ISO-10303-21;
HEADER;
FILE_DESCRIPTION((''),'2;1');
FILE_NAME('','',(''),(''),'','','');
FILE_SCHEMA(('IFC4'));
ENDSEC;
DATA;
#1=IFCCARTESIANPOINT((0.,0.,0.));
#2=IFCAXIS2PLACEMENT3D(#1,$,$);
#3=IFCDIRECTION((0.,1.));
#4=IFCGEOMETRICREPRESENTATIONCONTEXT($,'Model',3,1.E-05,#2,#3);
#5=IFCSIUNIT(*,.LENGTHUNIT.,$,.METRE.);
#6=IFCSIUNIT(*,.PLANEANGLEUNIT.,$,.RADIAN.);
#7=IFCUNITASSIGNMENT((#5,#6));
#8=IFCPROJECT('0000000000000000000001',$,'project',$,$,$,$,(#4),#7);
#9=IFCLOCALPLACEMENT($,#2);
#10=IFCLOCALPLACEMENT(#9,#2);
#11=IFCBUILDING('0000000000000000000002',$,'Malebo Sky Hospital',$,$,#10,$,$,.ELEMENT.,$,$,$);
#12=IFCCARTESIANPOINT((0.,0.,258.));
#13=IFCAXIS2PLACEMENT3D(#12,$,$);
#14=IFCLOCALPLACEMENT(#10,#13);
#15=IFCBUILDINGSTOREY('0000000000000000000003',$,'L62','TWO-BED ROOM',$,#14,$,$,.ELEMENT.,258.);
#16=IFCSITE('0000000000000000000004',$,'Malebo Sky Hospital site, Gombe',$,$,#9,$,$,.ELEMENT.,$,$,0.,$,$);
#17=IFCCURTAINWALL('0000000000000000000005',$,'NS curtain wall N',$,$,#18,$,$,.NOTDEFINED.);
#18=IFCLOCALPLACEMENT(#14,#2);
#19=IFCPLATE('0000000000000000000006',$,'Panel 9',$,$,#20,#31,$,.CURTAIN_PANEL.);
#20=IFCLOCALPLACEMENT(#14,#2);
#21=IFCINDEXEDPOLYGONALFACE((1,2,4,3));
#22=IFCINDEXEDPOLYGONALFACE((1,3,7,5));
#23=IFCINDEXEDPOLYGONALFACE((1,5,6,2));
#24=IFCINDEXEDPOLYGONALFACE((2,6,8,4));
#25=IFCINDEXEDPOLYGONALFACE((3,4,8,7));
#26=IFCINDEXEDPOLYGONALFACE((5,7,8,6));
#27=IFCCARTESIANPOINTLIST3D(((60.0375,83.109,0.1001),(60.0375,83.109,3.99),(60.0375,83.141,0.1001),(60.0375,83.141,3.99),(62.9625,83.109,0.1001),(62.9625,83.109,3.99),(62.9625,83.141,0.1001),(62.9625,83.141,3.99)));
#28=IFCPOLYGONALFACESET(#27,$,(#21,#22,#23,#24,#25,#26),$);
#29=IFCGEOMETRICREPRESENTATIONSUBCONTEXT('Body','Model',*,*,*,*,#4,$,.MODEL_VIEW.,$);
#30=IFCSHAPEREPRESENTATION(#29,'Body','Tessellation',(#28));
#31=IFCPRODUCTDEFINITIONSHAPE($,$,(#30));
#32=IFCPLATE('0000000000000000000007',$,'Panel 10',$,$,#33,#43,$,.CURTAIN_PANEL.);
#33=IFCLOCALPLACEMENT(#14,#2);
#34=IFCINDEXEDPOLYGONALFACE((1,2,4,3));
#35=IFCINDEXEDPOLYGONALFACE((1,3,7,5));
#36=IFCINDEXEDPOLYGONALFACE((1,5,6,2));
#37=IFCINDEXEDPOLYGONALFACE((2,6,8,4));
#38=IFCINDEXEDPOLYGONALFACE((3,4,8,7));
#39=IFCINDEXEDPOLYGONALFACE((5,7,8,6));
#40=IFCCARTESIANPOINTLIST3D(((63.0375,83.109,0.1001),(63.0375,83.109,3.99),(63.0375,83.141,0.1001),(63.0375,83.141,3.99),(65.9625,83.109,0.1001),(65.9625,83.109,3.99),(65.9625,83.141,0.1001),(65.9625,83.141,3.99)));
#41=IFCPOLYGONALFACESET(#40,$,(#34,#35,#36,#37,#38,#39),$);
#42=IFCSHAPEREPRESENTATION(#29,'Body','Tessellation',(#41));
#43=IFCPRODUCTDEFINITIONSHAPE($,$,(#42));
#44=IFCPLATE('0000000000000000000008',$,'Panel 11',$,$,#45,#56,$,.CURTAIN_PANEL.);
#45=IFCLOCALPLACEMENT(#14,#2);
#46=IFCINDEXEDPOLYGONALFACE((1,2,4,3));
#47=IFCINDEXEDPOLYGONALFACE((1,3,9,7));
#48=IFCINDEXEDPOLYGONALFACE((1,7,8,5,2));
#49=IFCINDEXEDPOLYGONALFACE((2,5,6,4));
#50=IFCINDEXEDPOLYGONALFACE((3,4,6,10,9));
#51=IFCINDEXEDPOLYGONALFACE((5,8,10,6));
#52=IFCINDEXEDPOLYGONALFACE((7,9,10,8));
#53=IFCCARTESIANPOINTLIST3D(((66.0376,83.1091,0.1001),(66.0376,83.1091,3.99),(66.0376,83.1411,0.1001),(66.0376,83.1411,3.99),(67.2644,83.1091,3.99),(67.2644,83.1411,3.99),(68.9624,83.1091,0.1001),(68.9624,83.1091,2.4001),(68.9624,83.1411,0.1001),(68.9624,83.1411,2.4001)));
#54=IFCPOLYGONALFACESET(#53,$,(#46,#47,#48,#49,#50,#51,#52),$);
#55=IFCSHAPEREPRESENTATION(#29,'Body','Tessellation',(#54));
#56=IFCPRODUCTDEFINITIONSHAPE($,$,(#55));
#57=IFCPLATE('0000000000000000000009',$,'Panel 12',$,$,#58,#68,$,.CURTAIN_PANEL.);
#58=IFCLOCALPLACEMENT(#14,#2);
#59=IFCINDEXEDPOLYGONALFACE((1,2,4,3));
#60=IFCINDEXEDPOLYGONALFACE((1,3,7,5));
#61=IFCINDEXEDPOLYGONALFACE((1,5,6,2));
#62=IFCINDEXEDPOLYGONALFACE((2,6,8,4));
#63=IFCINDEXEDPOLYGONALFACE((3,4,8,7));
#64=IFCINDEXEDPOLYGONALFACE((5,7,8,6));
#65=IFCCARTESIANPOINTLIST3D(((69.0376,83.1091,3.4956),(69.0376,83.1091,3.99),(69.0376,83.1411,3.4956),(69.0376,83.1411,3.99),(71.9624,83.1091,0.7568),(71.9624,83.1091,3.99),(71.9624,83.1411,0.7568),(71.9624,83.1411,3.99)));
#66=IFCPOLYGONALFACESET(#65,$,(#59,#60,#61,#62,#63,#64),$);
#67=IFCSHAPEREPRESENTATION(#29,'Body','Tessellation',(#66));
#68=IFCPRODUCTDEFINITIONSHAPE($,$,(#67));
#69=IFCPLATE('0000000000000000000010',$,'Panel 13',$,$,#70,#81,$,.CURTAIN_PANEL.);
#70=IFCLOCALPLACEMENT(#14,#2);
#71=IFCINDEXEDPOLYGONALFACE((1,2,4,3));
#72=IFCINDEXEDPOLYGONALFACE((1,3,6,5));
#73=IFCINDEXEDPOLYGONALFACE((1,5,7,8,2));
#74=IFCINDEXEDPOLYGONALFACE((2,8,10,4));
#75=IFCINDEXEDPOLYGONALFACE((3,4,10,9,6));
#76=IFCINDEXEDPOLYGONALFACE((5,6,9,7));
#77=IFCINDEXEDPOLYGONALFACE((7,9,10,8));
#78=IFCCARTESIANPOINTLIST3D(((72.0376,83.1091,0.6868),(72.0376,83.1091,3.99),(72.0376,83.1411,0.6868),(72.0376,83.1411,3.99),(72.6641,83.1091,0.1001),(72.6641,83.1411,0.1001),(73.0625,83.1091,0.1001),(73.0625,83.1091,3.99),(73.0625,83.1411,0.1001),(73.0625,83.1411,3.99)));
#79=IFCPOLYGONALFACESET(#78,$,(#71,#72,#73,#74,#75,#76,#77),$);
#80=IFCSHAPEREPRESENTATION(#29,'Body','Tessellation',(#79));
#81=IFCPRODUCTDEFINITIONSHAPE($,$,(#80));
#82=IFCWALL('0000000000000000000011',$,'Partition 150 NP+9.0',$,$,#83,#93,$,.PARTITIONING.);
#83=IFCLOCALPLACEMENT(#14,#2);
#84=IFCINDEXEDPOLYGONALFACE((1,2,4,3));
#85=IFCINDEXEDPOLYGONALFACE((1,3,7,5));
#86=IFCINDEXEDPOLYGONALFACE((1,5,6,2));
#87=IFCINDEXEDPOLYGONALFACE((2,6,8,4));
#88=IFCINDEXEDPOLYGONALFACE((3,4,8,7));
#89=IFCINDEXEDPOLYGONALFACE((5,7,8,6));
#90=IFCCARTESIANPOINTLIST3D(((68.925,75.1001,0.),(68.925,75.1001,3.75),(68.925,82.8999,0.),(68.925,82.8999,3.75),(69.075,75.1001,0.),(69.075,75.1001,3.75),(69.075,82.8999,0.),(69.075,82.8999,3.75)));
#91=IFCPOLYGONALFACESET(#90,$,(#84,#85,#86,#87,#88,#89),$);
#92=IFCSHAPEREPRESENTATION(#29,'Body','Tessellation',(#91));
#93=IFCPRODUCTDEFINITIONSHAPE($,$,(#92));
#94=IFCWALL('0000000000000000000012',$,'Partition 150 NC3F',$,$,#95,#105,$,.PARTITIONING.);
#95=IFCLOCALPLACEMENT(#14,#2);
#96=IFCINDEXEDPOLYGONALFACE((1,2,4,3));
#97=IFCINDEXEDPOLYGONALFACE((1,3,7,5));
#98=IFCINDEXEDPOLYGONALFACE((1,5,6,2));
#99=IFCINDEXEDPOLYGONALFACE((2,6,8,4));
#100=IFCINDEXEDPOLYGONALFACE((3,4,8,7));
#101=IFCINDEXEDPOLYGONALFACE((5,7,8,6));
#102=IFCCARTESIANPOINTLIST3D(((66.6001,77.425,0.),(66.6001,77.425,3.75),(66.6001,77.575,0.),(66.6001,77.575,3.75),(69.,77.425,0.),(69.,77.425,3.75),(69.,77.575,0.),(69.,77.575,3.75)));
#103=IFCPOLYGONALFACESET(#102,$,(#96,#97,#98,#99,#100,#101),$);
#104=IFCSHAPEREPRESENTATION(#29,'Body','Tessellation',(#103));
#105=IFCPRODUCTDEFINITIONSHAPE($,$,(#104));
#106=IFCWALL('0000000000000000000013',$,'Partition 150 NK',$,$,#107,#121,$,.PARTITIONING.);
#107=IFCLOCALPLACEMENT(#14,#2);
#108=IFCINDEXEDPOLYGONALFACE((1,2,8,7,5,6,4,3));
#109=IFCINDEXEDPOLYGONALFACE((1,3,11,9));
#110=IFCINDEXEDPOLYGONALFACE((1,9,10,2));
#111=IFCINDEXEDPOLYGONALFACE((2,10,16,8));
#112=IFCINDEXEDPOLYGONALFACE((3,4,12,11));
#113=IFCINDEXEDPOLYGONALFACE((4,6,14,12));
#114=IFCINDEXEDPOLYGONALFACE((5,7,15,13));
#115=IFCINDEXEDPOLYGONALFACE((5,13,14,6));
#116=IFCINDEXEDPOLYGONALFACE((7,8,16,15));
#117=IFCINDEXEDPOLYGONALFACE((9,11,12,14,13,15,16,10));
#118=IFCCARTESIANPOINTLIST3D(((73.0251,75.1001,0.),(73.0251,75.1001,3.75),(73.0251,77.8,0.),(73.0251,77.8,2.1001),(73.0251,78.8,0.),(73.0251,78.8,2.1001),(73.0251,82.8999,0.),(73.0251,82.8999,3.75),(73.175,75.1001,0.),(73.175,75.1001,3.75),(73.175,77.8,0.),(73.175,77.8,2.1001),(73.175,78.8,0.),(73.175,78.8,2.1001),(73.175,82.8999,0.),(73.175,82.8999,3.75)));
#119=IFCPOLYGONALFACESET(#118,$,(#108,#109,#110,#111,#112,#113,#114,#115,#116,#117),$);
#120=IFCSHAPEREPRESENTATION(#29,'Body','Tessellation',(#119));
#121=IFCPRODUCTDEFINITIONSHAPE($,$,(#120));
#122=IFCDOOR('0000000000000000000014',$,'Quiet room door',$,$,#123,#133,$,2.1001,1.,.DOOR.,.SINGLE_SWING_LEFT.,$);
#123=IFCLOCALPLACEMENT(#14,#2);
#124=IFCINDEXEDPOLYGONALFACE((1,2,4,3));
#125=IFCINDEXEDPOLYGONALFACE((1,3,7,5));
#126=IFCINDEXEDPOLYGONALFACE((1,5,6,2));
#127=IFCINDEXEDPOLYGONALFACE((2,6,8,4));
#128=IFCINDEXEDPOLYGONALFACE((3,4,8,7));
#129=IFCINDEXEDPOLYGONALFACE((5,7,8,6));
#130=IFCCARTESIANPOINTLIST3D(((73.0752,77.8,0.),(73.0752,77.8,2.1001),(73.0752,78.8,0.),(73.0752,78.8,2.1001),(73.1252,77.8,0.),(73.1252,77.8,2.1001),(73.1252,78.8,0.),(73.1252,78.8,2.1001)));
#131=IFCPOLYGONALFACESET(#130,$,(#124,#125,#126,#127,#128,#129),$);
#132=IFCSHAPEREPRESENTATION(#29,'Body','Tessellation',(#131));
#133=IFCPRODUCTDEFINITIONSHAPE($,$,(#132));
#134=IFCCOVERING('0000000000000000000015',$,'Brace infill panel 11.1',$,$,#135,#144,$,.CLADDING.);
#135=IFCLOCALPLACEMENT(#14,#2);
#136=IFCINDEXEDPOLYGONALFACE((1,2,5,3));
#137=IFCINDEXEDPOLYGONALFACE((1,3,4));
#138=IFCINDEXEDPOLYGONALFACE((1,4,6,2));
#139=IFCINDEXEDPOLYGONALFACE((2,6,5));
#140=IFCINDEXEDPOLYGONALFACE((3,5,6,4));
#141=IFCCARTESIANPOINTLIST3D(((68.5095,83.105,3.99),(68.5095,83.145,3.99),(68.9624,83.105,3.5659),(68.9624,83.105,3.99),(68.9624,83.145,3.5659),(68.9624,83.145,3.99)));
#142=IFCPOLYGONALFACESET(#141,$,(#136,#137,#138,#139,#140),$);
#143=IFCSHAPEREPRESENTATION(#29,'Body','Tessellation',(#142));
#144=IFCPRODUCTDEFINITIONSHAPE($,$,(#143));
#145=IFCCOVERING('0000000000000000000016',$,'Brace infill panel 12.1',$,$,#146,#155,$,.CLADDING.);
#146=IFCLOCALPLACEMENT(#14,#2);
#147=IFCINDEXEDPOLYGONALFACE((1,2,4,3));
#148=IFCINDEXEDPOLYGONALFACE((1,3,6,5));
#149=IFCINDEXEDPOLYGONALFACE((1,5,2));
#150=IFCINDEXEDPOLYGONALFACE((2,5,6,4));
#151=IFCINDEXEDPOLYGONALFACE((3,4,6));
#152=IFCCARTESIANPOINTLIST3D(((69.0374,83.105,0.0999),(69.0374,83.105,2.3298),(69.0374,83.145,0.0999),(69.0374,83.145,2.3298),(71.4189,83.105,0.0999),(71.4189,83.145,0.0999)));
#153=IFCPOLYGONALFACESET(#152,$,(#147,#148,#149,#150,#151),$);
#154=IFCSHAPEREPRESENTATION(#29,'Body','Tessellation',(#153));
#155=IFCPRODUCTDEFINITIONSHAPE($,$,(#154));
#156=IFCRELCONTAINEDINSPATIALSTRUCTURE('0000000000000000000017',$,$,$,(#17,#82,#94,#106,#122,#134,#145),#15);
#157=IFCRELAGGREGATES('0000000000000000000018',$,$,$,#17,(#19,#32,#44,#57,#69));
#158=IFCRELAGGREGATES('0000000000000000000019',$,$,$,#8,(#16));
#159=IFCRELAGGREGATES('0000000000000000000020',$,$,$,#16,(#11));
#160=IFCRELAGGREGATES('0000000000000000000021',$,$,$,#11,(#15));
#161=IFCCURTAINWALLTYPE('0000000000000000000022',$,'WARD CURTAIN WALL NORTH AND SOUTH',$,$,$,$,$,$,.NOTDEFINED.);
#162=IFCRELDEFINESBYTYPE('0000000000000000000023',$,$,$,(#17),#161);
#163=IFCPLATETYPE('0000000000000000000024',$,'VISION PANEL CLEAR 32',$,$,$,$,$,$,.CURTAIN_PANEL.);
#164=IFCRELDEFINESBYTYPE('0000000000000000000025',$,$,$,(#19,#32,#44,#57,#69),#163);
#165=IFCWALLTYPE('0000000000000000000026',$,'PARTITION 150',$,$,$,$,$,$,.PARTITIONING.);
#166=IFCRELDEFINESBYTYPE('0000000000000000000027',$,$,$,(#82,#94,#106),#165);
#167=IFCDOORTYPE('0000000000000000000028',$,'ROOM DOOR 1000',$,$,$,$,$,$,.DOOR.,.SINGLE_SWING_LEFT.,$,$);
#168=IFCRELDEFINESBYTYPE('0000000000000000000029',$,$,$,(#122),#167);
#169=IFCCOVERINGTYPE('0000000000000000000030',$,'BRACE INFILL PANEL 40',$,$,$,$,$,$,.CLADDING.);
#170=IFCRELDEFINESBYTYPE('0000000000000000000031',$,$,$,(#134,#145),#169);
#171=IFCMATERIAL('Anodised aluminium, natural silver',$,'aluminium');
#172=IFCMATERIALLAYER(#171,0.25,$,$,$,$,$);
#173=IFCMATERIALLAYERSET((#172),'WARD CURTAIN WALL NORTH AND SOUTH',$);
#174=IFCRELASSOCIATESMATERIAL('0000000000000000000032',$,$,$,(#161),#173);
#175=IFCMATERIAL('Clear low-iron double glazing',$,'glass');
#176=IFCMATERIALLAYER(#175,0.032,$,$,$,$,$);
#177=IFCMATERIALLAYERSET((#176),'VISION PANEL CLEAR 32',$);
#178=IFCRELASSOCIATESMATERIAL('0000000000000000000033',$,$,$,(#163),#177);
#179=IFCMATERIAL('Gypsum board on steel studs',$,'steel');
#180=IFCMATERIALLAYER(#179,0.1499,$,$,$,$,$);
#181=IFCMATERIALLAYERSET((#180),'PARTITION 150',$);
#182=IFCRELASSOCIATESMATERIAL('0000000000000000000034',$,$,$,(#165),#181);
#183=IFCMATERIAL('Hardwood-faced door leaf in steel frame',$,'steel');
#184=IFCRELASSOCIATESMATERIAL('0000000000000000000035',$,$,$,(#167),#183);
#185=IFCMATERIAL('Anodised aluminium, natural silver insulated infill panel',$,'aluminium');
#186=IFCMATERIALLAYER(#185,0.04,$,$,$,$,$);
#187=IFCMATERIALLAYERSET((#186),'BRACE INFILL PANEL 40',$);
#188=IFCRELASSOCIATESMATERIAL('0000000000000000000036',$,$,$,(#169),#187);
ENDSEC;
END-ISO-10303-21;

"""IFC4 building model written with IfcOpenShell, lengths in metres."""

from ifc_helpers import new_model, si_unit, direction, frame, frame_2d, origin, origin_2d, place, context, subcontext, project, spatial, polyline, rectangle, outline, extrude, material, layer, layer_set, type_object, element, fill, aggregate, save


model = new_model("IFC4")

# Units and contexts
model_context = context("Model", 3, precision=1e-05, world=origin(), true_north=direction((0.0, 1.0)))
body_context = subcontext(model_context, "Body", "Model", "MODEL_VIEW")
ifc_project = project(units=[si_unit("LENGTHUNIT", "METRE"), si_unit("PLANEANGLEUNIT", "RADIAN")], contexts=[model_context])

# Site, building, storey
site_placement = place(None, origin())
site = spatial("IfcSite", under=ifc_project, at=site_placement, Name="Malebo Sky Hospital site, Gombe", CompositionType="ELEMENT", RefElevation=0.0)
building_placement = place(site_placement, origin())
building = spatial("IfcBuilding", under=site, at=building_placement, Name="Malebo Sky Hospital", CompositionType="ELEMENT")
storey_placement = place(building_placement, frame((0.0, 0.0, 258.0)))
storey = spatial("IfcBuildingStorey", under=building, at=storey_placement, Name="L62", Description="TWO-BED ROOM", CompositionType="ELEMENT", Elevation=258.0)

# Curtain wall
ifc_material_1 = material(Name="Anodised aluminium, natural silver", Category="aluminium")
ifc_layer_1 = layer(ifc_material_1, 0.25)
ifc_layer_set_1 = layer_set([ifc_layer_1], Name="WARD CURTAIN WALL NORTH AND SOUTH")
curtain_wall_type = type_object("IfcCurtainWallType", Name="WARD CURTAIN WALL NORTH AND SOUTH", PredefinedType="NOTDEFINED", material=ifc_layer_set_1)
curtain_wall_placement = place(storey_placement, origin())
curtain_wall = element("IfcCurtainWall", 1, at=curtain_wall_placement, inside=storey, type_object=curtain_wall_type, Name="NS curtain wall N", PredefinedType="NOTDEFINED")

# Plates
ifc_material_2 = material(Name="Clear low-iron double glazing", Category="glass")
ifc_layer_2 = layer(ifc_material_2, 0.032)
ifc_layer_set_2 = layer_set([ifc_layer_2], Name="VISION PANEL CLEAR 32")
plate_type = type_object("IfcPlateType", Name="VISION PANEL CLEAR 32", PredefinedType="CURTAIN_PANEL", material=ifc_layer_set_2)
plate_1_placement = place(storey_placement, frame((61.5, 83.125, 0.1001), z_axis=(0.0, 0.0, 1.0), x_axis=(1.0, 0.0, 0.0)))
plate_1 = element("IfcPlate", 2, at=plate_1_placement, type_object=plate_type, Name="Panel 9", PredefinedType="CURTAIN_PANEL", context=body_context, shape_type="SweptSolid", body=[
    extrude(rectangle(XDim=2.925, YDim=0.032, at=origin_2d()), origin(), (0.0, 0.0, 1.0), 3.8899),
])
plate_2_placement = place(storey_placement, frame((64.5, 83.125, 0.1001), z_axis=(0.0, 0.0, 1.0), x_axis=(1.0, 0.0, 0.0)))
plate_2 = element("IfcPlate", 3, at=plate_2_placement, type_object=plate_type, Name="Panel 10", PredefinedType="CURTAIN_PANEL", context=body_context, shape_type="SweptSolid", body=[
    extrude(rectangle(XDim=2.925, YDim=0.032, at=origin_2d()), origin(), (0.0, 0.0, 1.0), 3.8899),
])
plate_3_placement = place(storey_placement, frame((67.5, 83.125, 0.1001), z_axis=(0.0, 0.0, 1.0), x_axis=(1.0, 0.0, 0.0)))
plate_3 = element("IfcPlate", 4, at=plate_3_placement, type_object=plate_type, Name="Panel 11", PredefinedType="CURTAIN_PANEL", context=body_context, shape_type="SweptSolid", body=[
    extrude(outline(polyline([(-1.4624, 0.0), (1.4624, 0.0), (1.4624, 2.3), (-0.2356, 3.8899), (-1.4624, 3.8899), (-1.4624, 0.0)])), frame((0.0, 0.0161, 0.0), z_axis=(0.0, -1.0, 0.0), x_axis=(1.0, 0.0, 0.0)), (0.0, 0.0, 1.0), 0.032),
])
plate_4_placement = place(storey_placement, frame((70.5, 83.125, 0.7568), z_axis=(0.0, 0.0, 1.0), x_axis=(1.0, 0.0, 0.0)))
plate_4 = element("IfcPlate", 5, at=plate_4_placement, type_object=plate_type, Name="Panel 12", PredefinedType="CURTAIN_PANEL", context=body_context, shape_type="SweptSolid", body=[
    extrude(outline(polyline([(1.4624, 0.0), (1.4624, 3.2332), (-1.4624, 3.2332), (-1.4624, 2.7388), (1.4624, 0.0)])), frame((0.0, 0.0161, 0.0), z_axis=(0.0, -1.0, 0.0), x_axis=(1.0, 0.0, 0.0)), (0.0, 0.0, 1.0), 0.032),
])
plate_5_placement = place(storey_placement, frame((72.55, 83.125, 0.1001), z_axis=(0.0, 0.0, 1.0), x_axis=(1.0, 0.0, 0.0)))
plate_5 = element("IfcPlate", 6, at=plate_5_placement, type_object=plate_type, Name="Panel 13", PredefinedType="CURTAIN_PANEL", context=body_context, shape_type="SweptSolid", body=[
    extrude(outline(polyline([(0.114, 0.0), (0.5125, 0.0), (0.5125, 3.8899), (-0.5125, 3.8899), (-0.5125, 0.5867), (0.114, 0.0)])), frame((0.0, 0.0161, 0.0), z_axis=(0.0, -1.0, 0.0), x_axis=(1.0, 0.0, 0.0)), (0.0, 0.0, 1.0), 0.032),
])
aggregate(curtain_wall, [plate_1, plate_2, plate_3, plate_4, plate_5])

# Walls
ifc_material_3 = material(Name="Gypsum board on steel studs", Category="steel")
ifc_layer_3 = layer(ifc_material_3, 0.1499)
ifc_layer_set_3 = layer_set([ifc_layer_3], Name="PARTITION 150")
wall_type = type_object("IfcWallType", Name="PARTITION 150", PredefinedType="PARTITIONING", material=ifc_layer_set_3)
wall_1_placement = place(storey_placement, frame((69.0, 75.1001, 0.0), z_axis=(0.0, 0.0, 1.0), x_axis=(0.0, 1.0, 0.0)))
element("IfcWall", 7, at=wall_1_placement, inside=storey, type_object=wall_type, Name="Partition 150 NP+9.0", PredefinedType="PARTITIONING", context=body_context, shape_type="SweptSolid", body=[
    extrude(rectangle(XDim=7.7998, YDim=0.1499, at=frame_2d((3.8999, 0.0))), origin(), (0.0, 0.0, 1.0), 3.75),
])
wall_2_placement = place(storey_placement, frame((66.6001, 77.5, 0.0), z_axis=(0.0, 0.0, 1.0), x_axis=(1.0, 0.0, 0.0)))
element("IfcWall", 8, at=wall_2_placement, inside=storey, type_object=wall_type, Name="Partition 150 NC3F", PredefinedType="PARTITIONING", context=body_context, shape_type="SweptSolid", body=[
    extrude(rectangle(XDim=2.3999, YDim=0.1499, at=frame_2d((1.2, 0.0))), origin(), (0.0, 0.0, 1.0), 3.75),
])

# Wall, opening, door
wall_3_placement = place(storey_placement, frame((73.1001, 75.1001, 0.0), z_axis=(0.0, 0.0, 1.0), x_axis=(0.0, 1.0, 0.0)))
wall_3 = element("IfcWall", 9, at=wall_3_placement, inside=storey, type_object=wall_type, Name="Partition 150 NK", PredefinedType="PARTITIONING", context=body_context, shape_type="SweptSolid", body=[
    extrude(rectangle(XDim=7.7998, YDim=0.1499, at=frame_2d((3.8999, 0.0))), origin(), (0.0, 0.0, 1.0), 3.75),
])
opening_placement = place(wall_3_placement, frame((2.7, 0.0, 0.0)))
opening = element("IfcOpeningElement", 10, at=opening_placement, cuts=wall_3, PredefinedType="OPENING", context=body_context, shape_type="SweptSolid", body=[
    extrude(rectangle(XDim=1.0, YDim=2.1001, at=frame_2d((0.5, 1.05))), frame((0.0, 0.085, 0.0), z_axis=(0.0, -1.0, 0.0), x_axis=(1.0, 0.0, 0.0)), (0.0, 0.0, 1.0), 0.1699),
])
ifc_material_4 = material(Name="Hardwood-faced door leaf in steel frame", Category="steel")
door_type = type_object("IfcDoorType", Name="ROOM DOOR 1000", OperationType="SINGLE_SWING_LEFT", PredefinedType="DOOR", material=ifc_material_4)
door_placement = place(opening_placement, origin())
door = element("IfcDoor", 11, at=door_placement, inside=storey, type_object=door_type, Name="Quiet room door", OperationType="SINGLE_SWING_LEFT", OverallHeight=2.1001, OverallWidth=1.0, PredefinedType="DOOR", context=body_context, shape_type="SweptSolid", body=[
    extrude(rectangle(XDim=1.0, YDim=2.1001, at=frame_2d((0.5, 1.05))), frame((0.0, 0.0249, 0.0), z_axis=(0.0, -1.0, 0.0), x_axis=(1.0, 0.0, 0.0)), (0.0, 0.0, 1.0), 0.05),
])
fill(opening, door)

# Coverings
ifc_material_5 = material(Name="Anodised aluminium, natural silver insulated infill panel", Category="aluminium")
ifc_layer_4 = layer(ifc_material_5, 0.04)
ifc_layer_set_4 = layer_set([ifc_layer_4], Name="BRACE INFILL PANEL 40")
covering_type = type_object("IfcCoveringType", Name="BRACE INFILL PANEL 40", PredefinedType="CLADDING", material=ifc_layer_set_4)
covering_1_placement = place(storey_placement, frame((68.7361, 83.125, 3.5659), z_axis=(0.0, 0.0, 1.0), x_axis=(1.0, 0.0, 0.0)))
element("IfcCovering", 12, at=covering_1_placement, inside=storey, type_object=covering_type, Name="Brace infill panel 11.1", PredefinedType="CLADDING", context=body_context, shape_type="SweptSolid", body=[
    extrude(outline(polyline([(0.2263, 0.0), (0.2263, 0.4241), (-0.2266, 0.4241), (0.2263, 0.0)])), frame((0.0, 0.02, 0.0), z_axis=(0.0, -1.0, 0.0), x_axis=(1.0, 0.0, 0.0)), (0.0, 0.0, 1.0), 0.04),
])
covering_2_placement = place(storey_placement, frame((70.2283, 83.125, 0.0999), z_axis=(0.0, 0.0, 1.0), x_axis=(1.0, 0.0, 0.0)))
element("IfcCovering", 13, at=covering_2_placement, inside=storey, type_object=covering_type, Name="Brace infill panel 12.1", PredefinedType="CLADDING", context=body_context, shape_type="SweptSolid", body=[
    extrude(outline(polyline([(-1.1909, 0.0), (1.1907, 0.0), (-1.1909, 2.23), (-1.1909, 0.0)])), frame((0.0, 0.02, 0.0), z_axis=(0.0, -1.0, 0.0), x_axis=(1.0, 0.0, 0.0)), (0.0, 0.0, 1.0), 0.04),
])

save(model, "model.ifc")
